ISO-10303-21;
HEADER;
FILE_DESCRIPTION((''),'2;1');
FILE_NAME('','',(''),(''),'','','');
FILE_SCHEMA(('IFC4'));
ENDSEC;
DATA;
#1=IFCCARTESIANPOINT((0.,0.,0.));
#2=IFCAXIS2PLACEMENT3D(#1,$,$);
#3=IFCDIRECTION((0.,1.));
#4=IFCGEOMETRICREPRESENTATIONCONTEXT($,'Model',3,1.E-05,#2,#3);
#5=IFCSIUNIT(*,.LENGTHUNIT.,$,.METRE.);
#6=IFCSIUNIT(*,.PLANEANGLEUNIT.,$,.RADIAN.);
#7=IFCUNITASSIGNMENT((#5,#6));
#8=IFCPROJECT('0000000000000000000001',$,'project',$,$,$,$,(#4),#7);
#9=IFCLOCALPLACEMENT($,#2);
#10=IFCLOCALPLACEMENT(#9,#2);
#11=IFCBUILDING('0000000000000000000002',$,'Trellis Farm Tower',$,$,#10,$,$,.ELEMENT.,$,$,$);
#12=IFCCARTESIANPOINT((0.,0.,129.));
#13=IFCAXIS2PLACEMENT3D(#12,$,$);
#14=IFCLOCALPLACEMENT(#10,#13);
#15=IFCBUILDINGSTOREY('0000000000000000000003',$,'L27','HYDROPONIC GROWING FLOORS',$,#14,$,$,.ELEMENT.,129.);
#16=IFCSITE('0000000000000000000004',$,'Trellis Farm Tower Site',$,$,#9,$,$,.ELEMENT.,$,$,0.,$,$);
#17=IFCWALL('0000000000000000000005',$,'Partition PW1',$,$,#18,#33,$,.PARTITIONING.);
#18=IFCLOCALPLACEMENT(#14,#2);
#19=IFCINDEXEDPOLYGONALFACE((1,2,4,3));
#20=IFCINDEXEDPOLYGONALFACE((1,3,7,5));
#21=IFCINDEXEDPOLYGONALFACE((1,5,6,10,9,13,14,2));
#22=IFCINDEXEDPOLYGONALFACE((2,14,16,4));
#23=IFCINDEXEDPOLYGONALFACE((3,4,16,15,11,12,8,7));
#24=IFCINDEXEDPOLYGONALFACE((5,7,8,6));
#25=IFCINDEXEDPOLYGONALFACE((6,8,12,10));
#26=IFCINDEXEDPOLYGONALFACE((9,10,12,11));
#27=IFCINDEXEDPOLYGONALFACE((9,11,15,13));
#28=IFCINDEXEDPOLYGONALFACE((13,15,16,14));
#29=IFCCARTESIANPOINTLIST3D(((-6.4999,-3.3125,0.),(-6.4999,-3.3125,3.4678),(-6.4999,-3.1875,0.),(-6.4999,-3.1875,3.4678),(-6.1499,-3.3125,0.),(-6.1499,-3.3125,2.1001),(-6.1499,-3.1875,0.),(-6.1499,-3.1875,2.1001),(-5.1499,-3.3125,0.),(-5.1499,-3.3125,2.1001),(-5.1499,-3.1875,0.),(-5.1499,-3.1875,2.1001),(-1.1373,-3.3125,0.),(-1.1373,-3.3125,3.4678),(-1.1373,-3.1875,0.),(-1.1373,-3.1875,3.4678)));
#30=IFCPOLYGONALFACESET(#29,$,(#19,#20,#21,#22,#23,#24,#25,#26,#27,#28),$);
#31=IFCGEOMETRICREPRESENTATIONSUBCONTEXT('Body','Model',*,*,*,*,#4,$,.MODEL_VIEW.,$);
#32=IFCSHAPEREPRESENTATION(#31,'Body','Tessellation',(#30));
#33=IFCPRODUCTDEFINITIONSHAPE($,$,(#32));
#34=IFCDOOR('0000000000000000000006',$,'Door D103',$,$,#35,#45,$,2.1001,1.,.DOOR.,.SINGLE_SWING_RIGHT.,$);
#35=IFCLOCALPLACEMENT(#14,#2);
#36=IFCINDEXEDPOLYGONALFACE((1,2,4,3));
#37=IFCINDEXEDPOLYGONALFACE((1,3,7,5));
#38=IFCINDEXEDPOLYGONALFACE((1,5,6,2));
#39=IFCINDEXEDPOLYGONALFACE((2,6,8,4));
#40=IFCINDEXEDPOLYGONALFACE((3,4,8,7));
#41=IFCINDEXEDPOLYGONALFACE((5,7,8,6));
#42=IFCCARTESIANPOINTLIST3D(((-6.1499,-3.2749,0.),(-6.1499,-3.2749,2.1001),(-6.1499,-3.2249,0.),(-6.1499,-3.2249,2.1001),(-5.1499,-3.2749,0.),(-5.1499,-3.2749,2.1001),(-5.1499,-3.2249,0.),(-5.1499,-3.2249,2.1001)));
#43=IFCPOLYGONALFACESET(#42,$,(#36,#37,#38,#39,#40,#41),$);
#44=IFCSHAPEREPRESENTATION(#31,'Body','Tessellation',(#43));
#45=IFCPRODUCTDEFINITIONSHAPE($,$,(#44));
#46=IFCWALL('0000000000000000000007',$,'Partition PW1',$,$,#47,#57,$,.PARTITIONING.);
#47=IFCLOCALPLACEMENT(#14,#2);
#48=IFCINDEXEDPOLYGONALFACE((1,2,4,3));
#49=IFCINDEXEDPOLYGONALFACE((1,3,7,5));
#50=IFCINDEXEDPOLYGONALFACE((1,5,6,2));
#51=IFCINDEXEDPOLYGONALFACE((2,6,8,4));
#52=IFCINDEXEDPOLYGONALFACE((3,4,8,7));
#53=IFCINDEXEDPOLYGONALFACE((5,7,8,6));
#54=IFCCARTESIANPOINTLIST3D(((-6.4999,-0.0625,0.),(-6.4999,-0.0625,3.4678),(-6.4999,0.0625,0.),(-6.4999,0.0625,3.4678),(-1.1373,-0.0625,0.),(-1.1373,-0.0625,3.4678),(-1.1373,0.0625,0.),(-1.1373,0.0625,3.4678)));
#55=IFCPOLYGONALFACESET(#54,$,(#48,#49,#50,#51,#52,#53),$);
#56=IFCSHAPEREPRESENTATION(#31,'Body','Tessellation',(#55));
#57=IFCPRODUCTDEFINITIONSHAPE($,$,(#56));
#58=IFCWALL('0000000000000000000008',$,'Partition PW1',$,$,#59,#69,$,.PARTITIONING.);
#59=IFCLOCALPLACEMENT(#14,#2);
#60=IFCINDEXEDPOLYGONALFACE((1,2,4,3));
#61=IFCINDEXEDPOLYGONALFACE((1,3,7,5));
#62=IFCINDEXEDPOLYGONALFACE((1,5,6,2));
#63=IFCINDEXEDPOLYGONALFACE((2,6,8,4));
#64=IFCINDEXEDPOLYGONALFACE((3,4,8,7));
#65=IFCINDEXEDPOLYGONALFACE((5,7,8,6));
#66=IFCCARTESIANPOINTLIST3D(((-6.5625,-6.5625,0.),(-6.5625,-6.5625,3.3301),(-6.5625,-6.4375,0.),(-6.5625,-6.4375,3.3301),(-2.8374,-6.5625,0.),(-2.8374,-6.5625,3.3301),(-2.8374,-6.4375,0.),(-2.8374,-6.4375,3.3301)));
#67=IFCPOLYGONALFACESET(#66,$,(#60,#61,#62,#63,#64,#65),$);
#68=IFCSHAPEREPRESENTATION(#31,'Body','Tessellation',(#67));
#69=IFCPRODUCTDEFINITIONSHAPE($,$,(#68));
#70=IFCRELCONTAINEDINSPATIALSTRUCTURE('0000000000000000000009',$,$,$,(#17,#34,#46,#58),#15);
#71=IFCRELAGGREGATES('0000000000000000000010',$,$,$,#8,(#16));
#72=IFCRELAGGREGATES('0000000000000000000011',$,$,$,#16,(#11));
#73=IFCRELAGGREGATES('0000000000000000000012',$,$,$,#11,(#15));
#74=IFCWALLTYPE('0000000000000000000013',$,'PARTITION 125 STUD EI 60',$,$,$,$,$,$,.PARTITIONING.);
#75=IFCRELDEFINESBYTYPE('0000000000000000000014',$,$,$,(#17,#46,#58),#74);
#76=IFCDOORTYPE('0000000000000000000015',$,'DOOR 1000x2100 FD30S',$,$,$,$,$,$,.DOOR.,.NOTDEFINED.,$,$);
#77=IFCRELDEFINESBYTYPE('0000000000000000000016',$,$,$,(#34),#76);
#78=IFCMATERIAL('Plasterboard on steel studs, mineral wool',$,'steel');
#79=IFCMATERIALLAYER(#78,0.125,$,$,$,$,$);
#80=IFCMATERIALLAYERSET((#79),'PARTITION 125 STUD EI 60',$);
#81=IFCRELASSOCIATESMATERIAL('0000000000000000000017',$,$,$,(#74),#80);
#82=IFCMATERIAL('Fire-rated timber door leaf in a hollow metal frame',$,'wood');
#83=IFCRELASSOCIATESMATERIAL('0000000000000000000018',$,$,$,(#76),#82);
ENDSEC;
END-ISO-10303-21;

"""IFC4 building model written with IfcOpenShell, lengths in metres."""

from ifc_helpers import new_model, si_unit, direction, frame, frame_2d, origin, place, context, subcontext, project, spatial, rectangle, extrude, source, transform, mapped, material, layer, layer_set, type_object, element, fill, save


model = new_model("IFC4")

# Units and contexts
model_context = context("Model", 3, precision=1e-05, world=origin(), true_north=direction((0.0, 1.0)))
body_context = subcontext(model_context, "Body", "Model", "MODEL_VIEW")
ifc_project = project(units=[si_unit("LENGTHUNIT", "METRE"), si_unit("PLANEANGLEUNIT", "RADIAN")], contexts=[model_context])

# Site, building, storey
site_placement = place(None, origin())
site = spatial("IfcSite", under=ifc_project, at=site_placement, Name="Trellis Farm Tower Site", CompositionType="ELEMENT", RefElevation=0.0)
building_placement = place(site_placement, origin())
building = spatial("IfcBuilding", under=site, at=building_placement, Name="Trellis Farm Tower", CompositionType="ELEMENT")
storey_placement = place(building_placement, frame((0.0, 0.0, 129.0)))
storey = spatial("IfcBuildingStorey", under=building, at=storey_placement, Name="L27", Description="HYDROPONIC GROWING FLOORS", CompositionType="ELEMENT", Elevation=129.0)

# Shared definitions
ifc_material_1 = material(Name="Plasterboard on steel studs, mineral wool", Category="steel")
ifc_layer_1 = layer(ifc_material_1, 0.125)
ifc_layer_set_1 = layer_set([ifc_layer_1], Name="PARTITION 125 STUD EI 60")
wall_type = type_object("IfcWallType", Name="PARTITION 125 STUD EI 60", PredefinedType="PARTITIONING", material=ifc_layer_set_1)

# Wall, opening, door
shared_shape_1 = source(origin(), body_context, "Body", "SweptSolid", [
    extrude(rectangle(XDim=5.3625, YDim=0.125, at=frame_2d((2.6812, 0.0))), origin(), (0.0, 0.0, 1.0), 3.4678),
])
wall_1_placement = place(storey_placement, frame((-1.1375, -3.25, 0.0), z_axis=(0.0, 0.0, 1.0), x_axis=(-1.0, 0.0, 0.0)))
wall_1 = element("IfcWall", 1, at=wall_1_placement, inside=storey, type_object=wall_type, Name="Partition PW1", PredefinedType="PARTITIONING", context=body_context, shape_type="MappedRepresentation", body=[
    mapped(shared_shape_1, transform((0.0, 0.0, 0.0))),
])
shared_shape_2 = source(origin(), body_context, "Body", "SweptSolid", [
    extrude(rectangle(XDim=1.0, YDim=2.1001, at=frame_2d((0.5, 1.05))), frame((0.0, 0.0725, 0.0), z_axis=(0.0, -1.0, 0.0), x_axis=(1.0, 0.0, 0.0)), (0.0, 0.0, 1.0), 0.145),
])
opening_placement = place(wall_1_placement, frame((4.0125, 0.0, 0.0)))
opening = element("IfcOpeningElement", 2, at=opening_placement, cuts=wall_1, PredefinedType="OPENING", context=body_context, shape_type="MappedRepresentation", body=[
    mapped(shared_shape_2, transform((0.0, 0.0, 0.0))),
])
ifc_material_2 = material(Name="Fire-rated timber door leaf in a hollow metal frame", Category="wood")
door_type = type_object("IfcDoorType", Name="DOOR 1000x2100 FD30S", OperationType="NOTDEFINED", PredefinedType="DOOR", material=ifc_material_2)
shared_shape_3 = source(origin(), body_context, "Body", "SweptSolid", [
    extrude(rectangle(XDim=1.0, YDim=2.1001, at=frame_2d((0.5, 1.05))), frame((0.0, 0.0249, 0.0), z_axis=(0.0, -1.0, 0.0), x_axis=(1.0, 0.0, 0.0)), (0.0, 0.0, 1.0), 0.05),
])
door_placement = place(opening_placement, origin())
door = element("IfcDoor", 3, at=door_placement, inside=storey, type_object=door_type, Name="Door D103", OperationType="SINGLE_SWING_RIGHT", OverallHeight=2.1001, OverallWidth=1.0, PredefinedType="DOOR", context=body_context, shape_type="MappedRepresentation", body=[
    mapped(shared_shape_3, transform((0.0, 0.0, 0.0))),
])
fill(opening, door)

# Walls
wall_2_placement = place(storey_placement, frame((-1.1375, 0.0, 0.0), z_axis=(0.0, 0.0, 1.0), x_axis=(-1.0, 0.0, 0.0)))
element("IfcWall", 4, at=wall_2_placement, inside=storey, type_object=wall_type, Name="Partition PW1", PredefinedType="PARTITIONING", context=body_context, shape_type="MappedRepresentation", body=[
    mapped(shared_shape_1, transform((0.0, 0.0, 0.0))),
])
shared_shape_4 = source(origin(), body_context, "Body", "SweptSolid", [
    extrude(rectangle(XDim=3.7251, YDim=0.125, at=frame_2d((1.8625, 0.0))), origin(), (0.0, 0.0, 1.0), 3.3301),
])
wall_3_placement = place(storey_placement, frame((-2.8374, -6.5, 0.0), z_axis=(0.0, 0.0, 1.0), x_axis=(-1.0, 0.0, 0.0)))
element("IfcWall", 5, at=wall_3_placement, inside=storey, type_object=wall_type, Name="Partition PW1", PredefinedType="PARTITIONING", context=body_context, shape_type="MappedRepresentation", body=[
    mapped(shared_shape_4, transform((0.0, 0.0, 0.0))),
])

save(model, "model.ifc")
